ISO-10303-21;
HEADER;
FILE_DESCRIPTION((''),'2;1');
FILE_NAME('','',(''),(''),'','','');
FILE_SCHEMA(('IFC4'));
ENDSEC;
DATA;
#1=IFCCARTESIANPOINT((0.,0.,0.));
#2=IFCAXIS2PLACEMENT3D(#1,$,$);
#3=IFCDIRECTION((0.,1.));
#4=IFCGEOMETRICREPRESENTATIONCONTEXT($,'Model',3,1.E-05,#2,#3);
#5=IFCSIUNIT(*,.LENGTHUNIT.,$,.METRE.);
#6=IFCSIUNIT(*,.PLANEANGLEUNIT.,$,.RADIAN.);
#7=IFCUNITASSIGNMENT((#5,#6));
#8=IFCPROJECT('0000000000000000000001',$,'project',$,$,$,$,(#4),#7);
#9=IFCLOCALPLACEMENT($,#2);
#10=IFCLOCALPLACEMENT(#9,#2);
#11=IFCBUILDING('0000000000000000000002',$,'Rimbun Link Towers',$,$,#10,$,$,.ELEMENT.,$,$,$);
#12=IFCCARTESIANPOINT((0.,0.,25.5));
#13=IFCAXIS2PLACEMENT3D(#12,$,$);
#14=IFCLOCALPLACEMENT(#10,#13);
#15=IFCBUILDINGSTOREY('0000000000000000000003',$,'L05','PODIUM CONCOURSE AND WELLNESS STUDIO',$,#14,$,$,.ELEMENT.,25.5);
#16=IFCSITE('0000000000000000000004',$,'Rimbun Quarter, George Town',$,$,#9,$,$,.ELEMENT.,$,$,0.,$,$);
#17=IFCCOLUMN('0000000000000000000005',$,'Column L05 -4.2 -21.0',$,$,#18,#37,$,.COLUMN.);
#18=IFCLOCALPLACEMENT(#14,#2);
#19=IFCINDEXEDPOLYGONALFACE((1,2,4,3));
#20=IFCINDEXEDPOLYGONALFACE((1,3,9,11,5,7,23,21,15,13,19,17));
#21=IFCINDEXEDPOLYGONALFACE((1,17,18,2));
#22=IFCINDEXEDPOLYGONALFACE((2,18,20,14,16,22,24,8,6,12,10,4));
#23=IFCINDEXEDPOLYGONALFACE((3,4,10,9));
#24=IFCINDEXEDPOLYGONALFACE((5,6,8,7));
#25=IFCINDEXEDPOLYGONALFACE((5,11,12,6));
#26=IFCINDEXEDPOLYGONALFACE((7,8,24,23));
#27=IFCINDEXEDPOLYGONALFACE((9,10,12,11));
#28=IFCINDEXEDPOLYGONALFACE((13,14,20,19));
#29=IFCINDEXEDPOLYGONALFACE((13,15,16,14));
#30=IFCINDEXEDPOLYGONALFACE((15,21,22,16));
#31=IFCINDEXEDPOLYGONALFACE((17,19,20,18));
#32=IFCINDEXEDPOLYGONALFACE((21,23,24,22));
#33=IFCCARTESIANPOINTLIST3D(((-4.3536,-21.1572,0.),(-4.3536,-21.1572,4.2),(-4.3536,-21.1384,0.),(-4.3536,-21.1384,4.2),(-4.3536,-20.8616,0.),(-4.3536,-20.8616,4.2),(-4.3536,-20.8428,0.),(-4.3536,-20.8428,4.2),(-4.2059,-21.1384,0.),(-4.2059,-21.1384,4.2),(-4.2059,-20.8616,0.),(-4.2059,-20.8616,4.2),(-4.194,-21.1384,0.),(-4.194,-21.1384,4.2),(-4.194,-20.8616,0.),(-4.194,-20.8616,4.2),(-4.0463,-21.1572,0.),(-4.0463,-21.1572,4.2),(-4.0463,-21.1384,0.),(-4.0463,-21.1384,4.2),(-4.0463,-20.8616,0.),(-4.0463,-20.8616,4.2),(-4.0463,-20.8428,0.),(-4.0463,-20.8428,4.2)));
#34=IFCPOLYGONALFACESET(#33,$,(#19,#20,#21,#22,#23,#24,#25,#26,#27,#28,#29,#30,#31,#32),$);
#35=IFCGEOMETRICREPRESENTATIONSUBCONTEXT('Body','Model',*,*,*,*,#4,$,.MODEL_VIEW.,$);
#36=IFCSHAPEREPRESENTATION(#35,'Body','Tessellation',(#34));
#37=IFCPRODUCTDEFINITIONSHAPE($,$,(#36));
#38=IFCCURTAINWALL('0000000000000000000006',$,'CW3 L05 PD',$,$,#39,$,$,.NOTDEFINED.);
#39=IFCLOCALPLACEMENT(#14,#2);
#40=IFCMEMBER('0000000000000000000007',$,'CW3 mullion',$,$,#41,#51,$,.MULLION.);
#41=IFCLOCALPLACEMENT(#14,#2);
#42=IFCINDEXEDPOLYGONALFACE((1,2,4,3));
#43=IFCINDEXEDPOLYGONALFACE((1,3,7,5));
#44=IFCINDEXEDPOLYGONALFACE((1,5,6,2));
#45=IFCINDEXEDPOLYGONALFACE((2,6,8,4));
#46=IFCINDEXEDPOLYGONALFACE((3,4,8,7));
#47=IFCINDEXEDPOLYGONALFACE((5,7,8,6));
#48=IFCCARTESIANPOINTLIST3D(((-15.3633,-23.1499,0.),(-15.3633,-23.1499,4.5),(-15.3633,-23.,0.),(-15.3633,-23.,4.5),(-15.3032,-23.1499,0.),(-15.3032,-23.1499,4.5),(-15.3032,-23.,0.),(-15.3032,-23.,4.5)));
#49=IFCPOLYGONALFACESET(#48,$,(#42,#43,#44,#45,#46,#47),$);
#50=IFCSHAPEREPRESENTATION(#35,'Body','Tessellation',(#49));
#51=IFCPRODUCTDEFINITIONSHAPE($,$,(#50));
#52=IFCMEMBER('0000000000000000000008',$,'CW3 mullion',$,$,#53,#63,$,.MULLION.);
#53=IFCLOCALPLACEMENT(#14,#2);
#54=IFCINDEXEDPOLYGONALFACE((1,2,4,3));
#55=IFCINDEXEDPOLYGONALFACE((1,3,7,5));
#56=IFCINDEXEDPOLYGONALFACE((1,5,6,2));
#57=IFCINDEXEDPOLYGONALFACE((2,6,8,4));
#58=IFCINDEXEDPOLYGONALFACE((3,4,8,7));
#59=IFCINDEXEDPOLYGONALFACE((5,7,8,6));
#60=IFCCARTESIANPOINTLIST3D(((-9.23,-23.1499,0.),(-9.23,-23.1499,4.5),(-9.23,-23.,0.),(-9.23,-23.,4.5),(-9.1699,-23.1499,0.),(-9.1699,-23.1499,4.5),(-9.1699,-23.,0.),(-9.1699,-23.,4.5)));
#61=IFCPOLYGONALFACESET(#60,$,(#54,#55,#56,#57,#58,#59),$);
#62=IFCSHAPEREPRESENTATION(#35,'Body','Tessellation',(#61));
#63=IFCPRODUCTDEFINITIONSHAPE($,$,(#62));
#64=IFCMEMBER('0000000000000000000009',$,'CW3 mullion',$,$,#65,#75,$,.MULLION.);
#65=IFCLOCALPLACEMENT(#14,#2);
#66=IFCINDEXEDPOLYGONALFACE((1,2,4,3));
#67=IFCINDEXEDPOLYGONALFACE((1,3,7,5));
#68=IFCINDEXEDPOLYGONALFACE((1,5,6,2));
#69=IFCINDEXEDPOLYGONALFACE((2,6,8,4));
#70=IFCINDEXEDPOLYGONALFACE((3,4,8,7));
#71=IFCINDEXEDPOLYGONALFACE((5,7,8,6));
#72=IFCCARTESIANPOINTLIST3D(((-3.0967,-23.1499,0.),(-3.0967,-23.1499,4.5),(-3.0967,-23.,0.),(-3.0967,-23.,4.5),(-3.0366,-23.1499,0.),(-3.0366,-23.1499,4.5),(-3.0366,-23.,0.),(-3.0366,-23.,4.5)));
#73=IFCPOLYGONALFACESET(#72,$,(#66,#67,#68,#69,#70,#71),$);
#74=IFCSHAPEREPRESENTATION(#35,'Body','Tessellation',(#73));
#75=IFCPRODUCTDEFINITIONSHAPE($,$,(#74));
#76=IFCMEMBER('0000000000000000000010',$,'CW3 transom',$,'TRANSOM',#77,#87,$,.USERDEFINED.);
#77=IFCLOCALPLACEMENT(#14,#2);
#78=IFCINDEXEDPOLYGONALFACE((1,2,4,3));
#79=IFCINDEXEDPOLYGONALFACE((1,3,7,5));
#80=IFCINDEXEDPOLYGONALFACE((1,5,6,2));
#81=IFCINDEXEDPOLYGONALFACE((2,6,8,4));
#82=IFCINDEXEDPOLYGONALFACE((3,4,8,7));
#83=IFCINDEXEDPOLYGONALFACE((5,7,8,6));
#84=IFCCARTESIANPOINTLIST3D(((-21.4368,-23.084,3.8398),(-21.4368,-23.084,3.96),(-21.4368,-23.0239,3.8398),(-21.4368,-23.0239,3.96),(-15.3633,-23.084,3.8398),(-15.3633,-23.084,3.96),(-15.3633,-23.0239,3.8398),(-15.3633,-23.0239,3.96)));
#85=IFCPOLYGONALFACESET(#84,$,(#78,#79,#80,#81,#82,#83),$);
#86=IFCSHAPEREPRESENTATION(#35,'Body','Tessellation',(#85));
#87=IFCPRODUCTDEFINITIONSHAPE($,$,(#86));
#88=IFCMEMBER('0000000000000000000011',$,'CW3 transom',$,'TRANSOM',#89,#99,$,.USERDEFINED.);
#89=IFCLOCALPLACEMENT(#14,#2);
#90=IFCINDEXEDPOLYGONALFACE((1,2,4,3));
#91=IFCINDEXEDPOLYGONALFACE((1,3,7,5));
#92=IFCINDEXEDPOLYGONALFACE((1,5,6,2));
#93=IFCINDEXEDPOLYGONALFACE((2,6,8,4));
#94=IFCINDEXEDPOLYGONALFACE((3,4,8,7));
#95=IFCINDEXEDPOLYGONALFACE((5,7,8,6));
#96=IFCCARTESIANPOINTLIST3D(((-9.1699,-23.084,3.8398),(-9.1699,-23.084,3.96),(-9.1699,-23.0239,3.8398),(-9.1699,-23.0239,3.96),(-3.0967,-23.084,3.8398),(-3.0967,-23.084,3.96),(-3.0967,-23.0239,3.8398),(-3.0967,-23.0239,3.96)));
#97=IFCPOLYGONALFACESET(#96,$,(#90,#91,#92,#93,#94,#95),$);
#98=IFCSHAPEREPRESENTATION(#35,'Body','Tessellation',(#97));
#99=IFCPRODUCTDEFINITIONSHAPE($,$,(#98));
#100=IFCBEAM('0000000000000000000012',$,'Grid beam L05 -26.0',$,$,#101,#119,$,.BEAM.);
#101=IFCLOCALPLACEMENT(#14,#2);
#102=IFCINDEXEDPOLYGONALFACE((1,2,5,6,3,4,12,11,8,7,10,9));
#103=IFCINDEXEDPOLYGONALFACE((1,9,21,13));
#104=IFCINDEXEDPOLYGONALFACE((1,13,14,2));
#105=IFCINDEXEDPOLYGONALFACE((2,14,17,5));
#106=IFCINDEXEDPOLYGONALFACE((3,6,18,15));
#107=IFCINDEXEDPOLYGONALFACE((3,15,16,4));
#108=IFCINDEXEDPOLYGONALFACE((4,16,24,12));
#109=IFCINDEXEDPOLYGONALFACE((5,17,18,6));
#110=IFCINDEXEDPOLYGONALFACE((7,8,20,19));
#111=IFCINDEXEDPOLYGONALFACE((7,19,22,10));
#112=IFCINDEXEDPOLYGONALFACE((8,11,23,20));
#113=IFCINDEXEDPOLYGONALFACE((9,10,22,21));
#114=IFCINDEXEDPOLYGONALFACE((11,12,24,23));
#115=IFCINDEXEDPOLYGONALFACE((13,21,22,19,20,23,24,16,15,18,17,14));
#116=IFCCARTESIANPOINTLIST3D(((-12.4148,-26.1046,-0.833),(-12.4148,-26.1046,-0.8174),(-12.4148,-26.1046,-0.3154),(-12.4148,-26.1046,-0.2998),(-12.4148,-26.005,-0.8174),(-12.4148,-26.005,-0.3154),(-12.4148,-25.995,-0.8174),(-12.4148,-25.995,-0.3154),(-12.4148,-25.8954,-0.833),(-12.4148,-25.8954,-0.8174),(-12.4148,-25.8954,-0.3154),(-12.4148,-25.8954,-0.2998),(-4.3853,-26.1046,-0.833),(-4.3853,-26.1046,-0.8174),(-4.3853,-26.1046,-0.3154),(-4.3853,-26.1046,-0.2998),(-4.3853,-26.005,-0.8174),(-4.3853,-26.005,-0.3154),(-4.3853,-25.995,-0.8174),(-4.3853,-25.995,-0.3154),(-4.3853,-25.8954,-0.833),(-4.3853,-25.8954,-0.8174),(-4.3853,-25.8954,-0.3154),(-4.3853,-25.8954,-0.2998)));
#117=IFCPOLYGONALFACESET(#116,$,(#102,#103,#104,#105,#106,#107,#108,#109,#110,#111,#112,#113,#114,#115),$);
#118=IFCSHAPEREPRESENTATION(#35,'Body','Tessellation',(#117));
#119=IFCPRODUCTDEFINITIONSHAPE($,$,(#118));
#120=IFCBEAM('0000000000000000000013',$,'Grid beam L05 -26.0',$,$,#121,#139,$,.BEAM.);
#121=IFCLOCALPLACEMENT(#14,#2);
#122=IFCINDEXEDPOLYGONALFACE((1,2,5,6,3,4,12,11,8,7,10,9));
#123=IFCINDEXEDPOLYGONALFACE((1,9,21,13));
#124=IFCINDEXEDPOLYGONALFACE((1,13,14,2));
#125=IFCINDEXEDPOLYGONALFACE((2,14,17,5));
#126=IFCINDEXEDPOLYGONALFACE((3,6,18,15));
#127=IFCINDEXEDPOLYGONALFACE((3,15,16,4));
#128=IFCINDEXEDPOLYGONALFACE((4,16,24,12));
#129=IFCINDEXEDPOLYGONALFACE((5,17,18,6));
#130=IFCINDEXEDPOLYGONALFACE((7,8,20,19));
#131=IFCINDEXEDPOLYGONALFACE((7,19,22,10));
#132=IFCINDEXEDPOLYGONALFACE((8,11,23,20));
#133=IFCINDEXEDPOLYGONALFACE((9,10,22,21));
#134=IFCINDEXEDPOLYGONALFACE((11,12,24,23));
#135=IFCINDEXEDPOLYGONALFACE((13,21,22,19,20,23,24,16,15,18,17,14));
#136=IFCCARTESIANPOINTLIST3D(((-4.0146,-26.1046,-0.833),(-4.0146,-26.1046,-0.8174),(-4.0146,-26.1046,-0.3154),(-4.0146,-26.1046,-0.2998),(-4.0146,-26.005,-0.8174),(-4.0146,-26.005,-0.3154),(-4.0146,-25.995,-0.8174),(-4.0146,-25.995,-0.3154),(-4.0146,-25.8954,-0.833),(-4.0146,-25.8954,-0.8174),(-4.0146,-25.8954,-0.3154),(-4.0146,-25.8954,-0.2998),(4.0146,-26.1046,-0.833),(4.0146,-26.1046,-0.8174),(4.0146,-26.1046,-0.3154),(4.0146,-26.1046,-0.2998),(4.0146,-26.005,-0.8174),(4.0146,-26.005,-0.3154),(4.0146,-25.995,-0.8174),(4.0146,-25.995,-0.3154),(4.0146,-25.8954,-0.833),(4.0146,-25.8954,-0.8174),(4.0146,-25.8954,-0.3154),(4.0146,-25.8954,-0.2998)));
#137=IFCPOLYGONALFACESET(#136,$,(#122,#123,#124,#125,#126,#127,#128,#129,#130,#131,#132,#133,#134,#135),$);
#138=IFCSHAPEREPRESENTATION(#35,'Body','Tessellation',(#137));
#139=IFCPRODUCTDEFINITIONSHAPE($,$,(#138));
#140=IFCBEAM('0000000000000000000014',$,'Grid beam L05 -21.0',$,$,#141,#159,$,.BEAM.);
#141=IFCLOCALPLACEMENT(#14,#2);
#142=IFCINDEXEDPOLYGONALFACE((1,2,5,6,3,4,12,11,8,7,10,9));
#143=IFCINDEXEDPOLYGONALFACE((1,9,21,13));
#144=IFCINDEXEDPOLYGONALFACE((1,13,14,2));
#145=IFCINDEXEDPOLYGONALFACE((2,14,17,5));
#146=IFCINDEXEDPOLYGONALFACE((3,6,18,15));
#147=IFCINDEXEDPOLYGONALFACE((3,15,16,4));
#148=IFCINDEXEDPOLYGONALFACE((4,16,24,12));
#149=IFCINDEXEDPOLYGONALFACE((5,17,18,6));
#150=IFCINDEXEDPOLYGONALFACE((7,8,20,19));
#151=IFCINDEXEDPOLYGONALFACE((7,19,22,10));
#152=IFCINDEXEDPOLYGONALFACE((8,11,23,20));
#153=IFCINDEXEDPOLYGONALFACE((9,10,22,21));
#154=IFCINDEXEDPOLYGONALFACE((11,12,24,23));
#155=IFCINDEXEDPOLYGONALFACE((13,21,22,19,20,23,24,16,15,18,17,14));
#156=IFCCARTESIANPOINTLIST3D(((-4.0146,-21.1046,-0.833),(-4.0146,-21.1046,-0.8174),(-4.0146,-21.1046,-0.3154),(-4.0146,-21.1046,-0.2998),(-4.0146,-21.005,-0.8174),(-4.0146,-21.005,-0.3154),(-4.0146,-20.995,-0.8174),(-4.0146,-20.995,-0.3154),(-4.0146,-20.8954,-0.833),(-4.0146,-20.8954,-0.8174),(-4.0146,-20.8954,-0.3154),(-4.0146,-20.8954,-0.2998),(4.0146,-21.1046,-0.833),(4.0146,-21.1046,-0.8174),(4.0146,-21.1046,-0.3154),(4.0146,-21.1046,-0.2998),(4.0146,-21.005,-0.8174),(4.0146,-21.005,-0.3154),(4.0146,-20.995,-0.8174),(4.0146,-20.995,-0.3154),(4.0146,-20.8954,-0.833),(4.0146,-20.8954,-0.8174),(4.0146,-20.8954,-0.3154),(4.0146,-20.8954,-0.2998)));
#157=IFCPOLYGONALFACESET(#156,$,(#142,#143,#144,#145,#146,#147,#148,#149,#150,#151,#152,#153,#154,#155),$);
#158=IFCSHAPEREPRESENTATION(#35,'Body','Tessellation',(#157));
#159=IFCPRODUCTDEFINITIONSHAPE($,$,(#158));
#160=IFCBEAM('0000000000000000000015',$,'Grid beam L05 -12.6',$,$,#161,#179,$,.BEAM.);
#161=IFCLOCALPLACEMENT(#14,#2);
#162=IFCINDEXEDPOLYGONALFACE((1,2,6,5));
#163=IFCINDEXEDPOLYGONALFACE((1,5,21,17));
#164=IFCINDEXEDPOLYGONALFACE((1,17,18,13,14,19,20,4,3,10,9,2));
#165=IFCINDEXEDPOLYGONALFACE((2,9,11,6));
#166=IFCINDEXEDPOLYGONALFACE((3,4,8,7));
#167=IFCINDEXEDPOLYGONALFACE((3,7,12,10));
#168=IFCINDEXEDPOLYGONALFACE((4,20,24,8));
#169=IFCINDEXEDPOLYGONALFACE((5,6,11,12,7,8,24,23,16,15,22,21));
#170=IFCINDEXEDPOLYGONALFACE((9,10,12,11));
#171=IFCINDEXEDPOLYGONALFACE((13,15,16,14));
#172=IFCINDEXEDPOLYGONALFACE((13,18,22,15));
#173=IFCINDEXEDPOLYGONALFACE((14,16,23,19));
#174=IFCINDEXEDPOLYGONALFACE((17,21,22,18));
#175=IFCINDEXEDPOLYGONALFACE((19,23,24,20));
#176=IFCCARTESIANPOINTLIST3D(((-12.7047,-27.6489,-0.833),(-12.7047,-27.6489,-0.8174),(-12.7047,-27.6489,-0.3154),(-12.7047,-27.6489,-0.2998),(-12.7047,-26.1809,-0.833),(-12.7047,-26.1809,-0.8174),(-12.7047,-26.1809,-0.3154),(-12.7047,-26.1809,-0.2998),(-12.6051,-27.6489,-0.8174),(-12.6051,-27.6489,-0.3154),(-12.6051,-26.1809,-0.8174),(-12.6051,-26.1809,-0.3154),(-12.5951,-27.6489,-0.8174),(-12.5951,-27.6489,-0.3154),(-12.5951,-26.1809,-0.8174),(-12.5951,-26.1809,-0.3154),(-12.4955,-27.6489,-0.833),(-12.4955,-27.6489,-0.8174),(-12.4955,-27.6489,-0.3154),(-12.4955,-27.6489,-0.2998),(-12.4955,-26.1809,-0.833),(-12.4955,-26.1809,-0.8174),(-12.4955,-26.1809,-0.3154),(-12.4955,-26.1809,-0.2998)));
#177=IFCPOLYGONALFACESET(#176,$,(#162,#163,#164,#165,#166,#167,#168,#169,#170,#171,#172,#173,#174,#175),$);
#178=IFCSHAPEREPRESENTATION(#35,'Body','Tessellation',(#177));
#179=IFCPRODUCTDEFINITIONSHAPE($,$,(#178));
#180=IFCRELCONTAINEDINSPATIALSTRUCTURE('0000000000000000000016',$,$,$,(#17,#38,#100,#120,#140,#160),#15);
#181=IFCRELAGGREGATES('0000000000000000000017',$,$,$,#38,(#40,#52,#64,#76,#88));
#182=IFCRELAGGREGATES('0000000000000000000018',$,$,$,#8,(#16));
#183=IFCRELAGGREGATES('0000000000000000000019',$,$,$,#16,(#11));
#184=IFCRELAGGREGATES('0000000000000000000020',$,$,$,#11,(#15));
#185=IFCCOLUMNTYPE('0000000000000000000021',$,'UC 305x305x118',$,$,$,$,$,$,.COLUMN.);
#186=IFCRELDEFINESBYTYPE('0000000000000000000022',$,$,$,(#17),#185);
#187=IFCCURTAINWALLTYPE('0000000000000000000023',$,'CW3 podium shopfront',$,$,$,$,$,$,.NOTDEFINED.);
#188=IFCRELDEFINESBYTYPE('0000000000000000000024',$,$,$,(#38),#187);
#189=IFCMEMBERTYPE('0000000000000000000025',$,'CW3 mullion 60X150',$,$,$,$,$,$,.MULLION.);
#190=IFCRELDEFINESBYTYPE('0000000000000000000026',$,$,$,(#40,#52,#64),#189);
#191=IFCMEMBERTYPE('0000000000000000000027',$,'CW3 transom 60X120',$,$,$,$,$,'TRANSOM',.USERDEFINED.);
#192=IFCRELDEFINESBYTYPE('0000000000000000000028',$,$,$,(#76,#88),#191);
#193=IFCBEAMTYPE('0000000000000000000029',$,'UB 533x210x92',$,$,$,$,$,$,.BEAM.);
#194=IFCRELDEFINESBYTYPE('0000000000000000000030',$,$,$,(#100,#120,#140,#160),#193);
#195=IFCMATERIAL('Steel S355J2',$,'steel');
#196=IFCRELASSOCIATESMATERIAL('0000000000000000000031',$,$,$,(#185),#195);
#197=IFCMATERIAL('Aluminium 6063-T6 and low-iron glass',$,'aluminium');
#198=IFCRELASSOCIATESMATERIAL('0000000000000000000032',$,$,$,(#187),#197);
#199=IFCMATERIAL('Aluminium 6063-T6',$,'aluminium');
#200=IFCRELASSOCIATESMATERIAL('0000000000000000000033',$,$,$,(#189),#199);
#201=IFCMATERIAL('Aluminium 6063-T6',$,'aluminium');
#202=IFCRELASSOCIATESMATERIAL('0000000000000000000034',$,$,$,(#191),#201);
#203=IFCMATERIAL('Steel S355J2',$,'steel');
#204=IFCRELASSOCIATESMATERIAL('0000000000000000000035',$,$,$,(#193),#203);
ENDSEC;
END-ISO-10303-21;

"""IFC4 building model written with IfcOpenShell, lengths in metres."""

from ifc_helpers import new_model, si_unit, direction, frame, origin, origin_2d, place, context, subcontext, project, spatial, rectangle, i_section, extrude, material, material_profile, profile_set, type_object, element, aggregate, save


model = new_model("IFC4")

# Units and contexts
model_context = context("Model", 3, precision=1e-05, world=origin(), true_north=direction((0.0, 1.0)))
body_context = subcontext(model_context, "Body", "Model", "MODEL_VIEW")
ifc_project = project(units=[si_unit("LENGTHUNIT", "METRE"), si_unit("PLANEANGLEUNIT", "RADIAN")], contexts=[model_context])

# Site, building, storey
site_placement = place(None, origin())
site = spatial("IfcSite", under=ifc_project, at=site_placement, Name="Rimbun Quarter, George Town", CompositionType="ELEMENT", RefElevation=0.0)
building_placement = place(site_placement, origin())
building = spatial("IfcBuilding", under=site, at=building_placement, Name="Rimbun Link Towers", CompositionType="ELEMENT")
storey_placement = place(building_placement, frame((0.0, 0.0, 25.5)))
storey = spatial("IfcBuildingStorey", under=building, at=storey_placement, Name="L05", Description="PODIUM CONCOURSE AND WELLNESS STUDIO", CompositionType="ELEMENT", Elevation=25.5)

# Column
ifc_material_1 = material(Name="Steel S355J2", Category="steel")
ifc_material_profile_1 = material_profile(ifc_material_1, i_section(OverallWidth=0.3074, OverallDepth=0.3145, WebThickness=0.012, FlangeThickness=0.0188, at=origin_2d()), Name="UC 305x305x118")
ifc_profile_set_1 = profile_set([ifc_material_profile_1], Name="Steel S355J2")
column_type = type_object("IfcColumnType", Name="UC 305x305x118", PredefinedType="COLUMN", material=ifc_profile_set_1)
column_placement = place(storey_placement, frame((-4.2, -21.0, 0.0), z_axis=(0.0, 0.0, 1.0), x_axis=(1.0, 0.0, 0.0)))
element("IfcColumn", 1, at=column_placement, inside=storey, type_object=column_type, Name="Column L05 -4.2 -21.0", PredefinedType="COLUMN", context=body_context, shape_type="SweptSolid", body=[
    extrude(i_section(OverallWidth=0.3074, OverallDepth=0.3145, WebThickness=0.012, FlangeThickness=0.0188, at=origin_2d()), origin(), (0.0, 0.0, 1.0), 4.2),
])

# Curtain wall, members
ifc_material_2 = material(Name="Aluminium 6063-T6 and low-iron glass", Category="aluminium")
curtain_wall_type = type_object("IfcCurtainWallType", Name="CW3 podium shopfront", PredefinedType="NOTDEFINED", material=ifc_material_2)
curtain_wall_placement = place(storey_placement, origin())
curtain_wall = element("IfcCurtainWall", 2, at=curtain_wall_placement, inside=storey, type_object=curtain_wall_type, Name="CW3 L05 PD", PredefinedType="NOTDEFINED")
ifc_material_3 = material(Name="Aluminium 6063-T6", Category="aluminium")
ifc_material_profile_2 = material_profile(ifc_material_3, rectangle(XDim=0.1499, YDim=0.0601, at=origin_2d()), Name="MULLION 60X150")
ifc_profile_set_2 = profile_set([ifc_material_profile_2], Name="Aluminium 6063-T6")
member_type_1 = type_object("IfcMemberType", Name="CW3 mullion 60X150", PredefinedType="MULLION", material=ifc_profile_set_2)
member_1_placement = place(storey_placement, frame((-15.3333, -23.075, 0.0), z_axis=(0.0, 0.0, 1.0), x_axis=(0.0, -1.0, 0.0)))
member_1 = element("IfcMember", 3, at=member_1_placement, type_object=member_type_1, Name="CW3 mullion", PredefinedType="MULLION", context=body_context, shape_type="SweptSolid", body=[
    extrude(rectangle(XDim=0.1499, YDim=0.0601, at=origin_2d()), origin(), (0.0, 0.0, 1.0), 4.5),
])
member_2_placement = place(storey_placement, frame((-9.2, -23.075, 0.0), z_axis=(0.0, 0.0, 1.0), x_axis=(0.0, -1.0, 0.0)))
member_2 = element("IfcMember", 4, at=member_2_placement, type_object=member_type_1, Name="CW3 mullion", PredefinedType="MULLION", context=body_context, shape_type="SweptSolid", body=[
    extrude(rectangle(XDim=0.1499, YDim=0.0601, at=origin_2d()), origin(), (0.0, 0.0, 1.0), 4.5),
])
member_3_placement = place(storey_placement, frame((-3.0667, -23.075, 0.0), z_axis=(0.0, 0.0, 1.0), x_axis=(0.0, -1.0, 0.0)))
member_3 = element("IfcMember", 5, at=member_3_placement, type_object=member_type_1, Name="CW3 mullion", PredefinedType="MULLION", context=body_context, shape_type="SweptSolid", body=[
    extrude(rectangle(XDim=0.1499, YDim=0.0601, at=origin_2d()), origin(), (0.0, 0.0, 1.0), 4.5),
])
ifc_material_4 = material(Name="Aluminium 6063-T6", Category="aluminium")
ifc_material_profile_3 = material_profile(ifc_material_4, rectangle(XDim=0.0601, YDim=0.1201, at=origin_2d()), Name="TRANSOM 60X120")
ifc_profile_set_3 = profile_set([ifc_material_profile_3], Name="Aluminium 6063-T6")
member_type_2 = type_object("IfcMemberType", Name="CW3 transom 60X120", ElementType="TRANSOM", PredefinedType="USERDEFINED", material=ifc_profile_set_3)
member_4_placement = place(storey_placement, frame((-15.3633, -23.054, 3.8999), z_axis=(-1.0, 0.0, 0.0), x_axis=(0.0, -1.0, 0.0)))
member_4 = element("IfcMember", 6, at=member_4_placement, type_object=member_type_2, Name="CW3 transom", ObjectType="TRANSOM", PredefinedType="USERDEFINED", context=body_context, shape_type="SweptSolid", body=[
    extrude(rectangle(XDim=0.0601, YDim=0.1201, at=origin_2d()), origin(), (0.0, 0.0, 1.0), 6.0735),
])
member_5_placement = place(storey_placement, frame((-3.0967, -23.054, 3.8999), z_axis=(-1.0, 0.0, 0.0), x_axis=(0.0, -1.0, 0.0)))
member_5 = element("IfcMember", 7, at=member_5_placement, type_object=member_type_2, Name="CW3 transom", ObjectType="TRANSOM", PredefinedType="USERDEFINED", context=body_context, shape_type="SweptSolid", body=[
    extrude(rectangle(XDim=0.0601, YDim=0.1201, at=origin_2d()), origin(), (0.0, 0.0, 1.0), 6.0732),
])

# Beams
ifc_material_5 = material(Name="Steel S355J2", Category="steel")
ifc_material_profile_4 = material_profile(ifc_material_5, i_section(OverallWidth=0.2092, OverallDepth=0.5332, WebThickness=0.01, FlangeThickness=0.0156, at=origin_2d()), Name="UB 533x210x92")
ifc_profile_set_4 = profile_set([ifc_material_profile_4], Name="Steel S355J2")
beam_type = type_object("IfcBeamType", Name="UB 533x210x92", PredefinedType="BEAM", material=ifc_profile_set_4)
beam_1_placement = place(storey_placement, frame((-12.4148, -26.0, -0.5664), z_axis=(1.0, 0.0, 0.0), x_axis=(0.0, 1.0, 0.0)))
element("IfcBeam", 8, at=beam_1_placement, inside=storey, type_object=beam_type, Name="Grid beam L05 -26.0", PredefinedType="BEAM", context=body_context, shape_type="SweptSolid", body=[
    extrude(i_section(OverallWidth=0.2092, OverallDepth=0.5332, WebThickness=0.01, FlangeThickness=0.0156, at=origin_2d()), origin(), (0.0, 0.0, 1.0), 8.0295),
])
for number, where, z_axis, x_axis, name in (
    (9, (-4.0146, -26.0, -0.5664), (1.0, 0.0, 0.0), (0.0, 1.0, 0.0), "Grid beam L05 -26.0"),
    (10, (-4.0146, -21.0, -0.5664), (1.0, 0.0, 0.0), (0.0, 1.0, 0.0), "Grid beam L05 -21.0"),
):
    element("IfcBeam", number, at=place(storey_placement, frame(where, z_axis=z_axis, x_axis=x_axis)), inside=storey, type_object=beam_type, Name=name, PredefinedType="BEAM", context=body_context, shape_type="SweptSolid", body=[
        extrude(i_section(OverallWidth=0.2092, OverallDepth=0.5332, WebThickness=0.01, FlangeThickness=0.0156, at=origin_2d()), origin(), (0.0, 0.0, 1.0), 8.0293),
    ])
beam_2_placement = place(storey_placement, frame((-12.6001, -27.6489, -0.5664), z_axis=(0.0, 1.0, 0.0), x_axis=(-1.0, 0.0, 0.0)))
element("IfcBeam", 11, at=beam_2_placement, inside=storey, type_object=beam_type, Name="Grid beam L05 -12.6", PredefinedType="BEAM", context=body_context, shape_type="SweptSolid", body=[
    extrude(i_section(OverallWidth=0.2092, OverallDepth=0.5332, WebThickness=0.01, FlangeThickness=0.0156, at=origin_2d()), origin(), (0.0, 0.0, 1.0), 1.468),
])

aggregate(curtain_wall, [member_1, member_2, member_3, member_4, member_5])

save(model, "model.ifc")
